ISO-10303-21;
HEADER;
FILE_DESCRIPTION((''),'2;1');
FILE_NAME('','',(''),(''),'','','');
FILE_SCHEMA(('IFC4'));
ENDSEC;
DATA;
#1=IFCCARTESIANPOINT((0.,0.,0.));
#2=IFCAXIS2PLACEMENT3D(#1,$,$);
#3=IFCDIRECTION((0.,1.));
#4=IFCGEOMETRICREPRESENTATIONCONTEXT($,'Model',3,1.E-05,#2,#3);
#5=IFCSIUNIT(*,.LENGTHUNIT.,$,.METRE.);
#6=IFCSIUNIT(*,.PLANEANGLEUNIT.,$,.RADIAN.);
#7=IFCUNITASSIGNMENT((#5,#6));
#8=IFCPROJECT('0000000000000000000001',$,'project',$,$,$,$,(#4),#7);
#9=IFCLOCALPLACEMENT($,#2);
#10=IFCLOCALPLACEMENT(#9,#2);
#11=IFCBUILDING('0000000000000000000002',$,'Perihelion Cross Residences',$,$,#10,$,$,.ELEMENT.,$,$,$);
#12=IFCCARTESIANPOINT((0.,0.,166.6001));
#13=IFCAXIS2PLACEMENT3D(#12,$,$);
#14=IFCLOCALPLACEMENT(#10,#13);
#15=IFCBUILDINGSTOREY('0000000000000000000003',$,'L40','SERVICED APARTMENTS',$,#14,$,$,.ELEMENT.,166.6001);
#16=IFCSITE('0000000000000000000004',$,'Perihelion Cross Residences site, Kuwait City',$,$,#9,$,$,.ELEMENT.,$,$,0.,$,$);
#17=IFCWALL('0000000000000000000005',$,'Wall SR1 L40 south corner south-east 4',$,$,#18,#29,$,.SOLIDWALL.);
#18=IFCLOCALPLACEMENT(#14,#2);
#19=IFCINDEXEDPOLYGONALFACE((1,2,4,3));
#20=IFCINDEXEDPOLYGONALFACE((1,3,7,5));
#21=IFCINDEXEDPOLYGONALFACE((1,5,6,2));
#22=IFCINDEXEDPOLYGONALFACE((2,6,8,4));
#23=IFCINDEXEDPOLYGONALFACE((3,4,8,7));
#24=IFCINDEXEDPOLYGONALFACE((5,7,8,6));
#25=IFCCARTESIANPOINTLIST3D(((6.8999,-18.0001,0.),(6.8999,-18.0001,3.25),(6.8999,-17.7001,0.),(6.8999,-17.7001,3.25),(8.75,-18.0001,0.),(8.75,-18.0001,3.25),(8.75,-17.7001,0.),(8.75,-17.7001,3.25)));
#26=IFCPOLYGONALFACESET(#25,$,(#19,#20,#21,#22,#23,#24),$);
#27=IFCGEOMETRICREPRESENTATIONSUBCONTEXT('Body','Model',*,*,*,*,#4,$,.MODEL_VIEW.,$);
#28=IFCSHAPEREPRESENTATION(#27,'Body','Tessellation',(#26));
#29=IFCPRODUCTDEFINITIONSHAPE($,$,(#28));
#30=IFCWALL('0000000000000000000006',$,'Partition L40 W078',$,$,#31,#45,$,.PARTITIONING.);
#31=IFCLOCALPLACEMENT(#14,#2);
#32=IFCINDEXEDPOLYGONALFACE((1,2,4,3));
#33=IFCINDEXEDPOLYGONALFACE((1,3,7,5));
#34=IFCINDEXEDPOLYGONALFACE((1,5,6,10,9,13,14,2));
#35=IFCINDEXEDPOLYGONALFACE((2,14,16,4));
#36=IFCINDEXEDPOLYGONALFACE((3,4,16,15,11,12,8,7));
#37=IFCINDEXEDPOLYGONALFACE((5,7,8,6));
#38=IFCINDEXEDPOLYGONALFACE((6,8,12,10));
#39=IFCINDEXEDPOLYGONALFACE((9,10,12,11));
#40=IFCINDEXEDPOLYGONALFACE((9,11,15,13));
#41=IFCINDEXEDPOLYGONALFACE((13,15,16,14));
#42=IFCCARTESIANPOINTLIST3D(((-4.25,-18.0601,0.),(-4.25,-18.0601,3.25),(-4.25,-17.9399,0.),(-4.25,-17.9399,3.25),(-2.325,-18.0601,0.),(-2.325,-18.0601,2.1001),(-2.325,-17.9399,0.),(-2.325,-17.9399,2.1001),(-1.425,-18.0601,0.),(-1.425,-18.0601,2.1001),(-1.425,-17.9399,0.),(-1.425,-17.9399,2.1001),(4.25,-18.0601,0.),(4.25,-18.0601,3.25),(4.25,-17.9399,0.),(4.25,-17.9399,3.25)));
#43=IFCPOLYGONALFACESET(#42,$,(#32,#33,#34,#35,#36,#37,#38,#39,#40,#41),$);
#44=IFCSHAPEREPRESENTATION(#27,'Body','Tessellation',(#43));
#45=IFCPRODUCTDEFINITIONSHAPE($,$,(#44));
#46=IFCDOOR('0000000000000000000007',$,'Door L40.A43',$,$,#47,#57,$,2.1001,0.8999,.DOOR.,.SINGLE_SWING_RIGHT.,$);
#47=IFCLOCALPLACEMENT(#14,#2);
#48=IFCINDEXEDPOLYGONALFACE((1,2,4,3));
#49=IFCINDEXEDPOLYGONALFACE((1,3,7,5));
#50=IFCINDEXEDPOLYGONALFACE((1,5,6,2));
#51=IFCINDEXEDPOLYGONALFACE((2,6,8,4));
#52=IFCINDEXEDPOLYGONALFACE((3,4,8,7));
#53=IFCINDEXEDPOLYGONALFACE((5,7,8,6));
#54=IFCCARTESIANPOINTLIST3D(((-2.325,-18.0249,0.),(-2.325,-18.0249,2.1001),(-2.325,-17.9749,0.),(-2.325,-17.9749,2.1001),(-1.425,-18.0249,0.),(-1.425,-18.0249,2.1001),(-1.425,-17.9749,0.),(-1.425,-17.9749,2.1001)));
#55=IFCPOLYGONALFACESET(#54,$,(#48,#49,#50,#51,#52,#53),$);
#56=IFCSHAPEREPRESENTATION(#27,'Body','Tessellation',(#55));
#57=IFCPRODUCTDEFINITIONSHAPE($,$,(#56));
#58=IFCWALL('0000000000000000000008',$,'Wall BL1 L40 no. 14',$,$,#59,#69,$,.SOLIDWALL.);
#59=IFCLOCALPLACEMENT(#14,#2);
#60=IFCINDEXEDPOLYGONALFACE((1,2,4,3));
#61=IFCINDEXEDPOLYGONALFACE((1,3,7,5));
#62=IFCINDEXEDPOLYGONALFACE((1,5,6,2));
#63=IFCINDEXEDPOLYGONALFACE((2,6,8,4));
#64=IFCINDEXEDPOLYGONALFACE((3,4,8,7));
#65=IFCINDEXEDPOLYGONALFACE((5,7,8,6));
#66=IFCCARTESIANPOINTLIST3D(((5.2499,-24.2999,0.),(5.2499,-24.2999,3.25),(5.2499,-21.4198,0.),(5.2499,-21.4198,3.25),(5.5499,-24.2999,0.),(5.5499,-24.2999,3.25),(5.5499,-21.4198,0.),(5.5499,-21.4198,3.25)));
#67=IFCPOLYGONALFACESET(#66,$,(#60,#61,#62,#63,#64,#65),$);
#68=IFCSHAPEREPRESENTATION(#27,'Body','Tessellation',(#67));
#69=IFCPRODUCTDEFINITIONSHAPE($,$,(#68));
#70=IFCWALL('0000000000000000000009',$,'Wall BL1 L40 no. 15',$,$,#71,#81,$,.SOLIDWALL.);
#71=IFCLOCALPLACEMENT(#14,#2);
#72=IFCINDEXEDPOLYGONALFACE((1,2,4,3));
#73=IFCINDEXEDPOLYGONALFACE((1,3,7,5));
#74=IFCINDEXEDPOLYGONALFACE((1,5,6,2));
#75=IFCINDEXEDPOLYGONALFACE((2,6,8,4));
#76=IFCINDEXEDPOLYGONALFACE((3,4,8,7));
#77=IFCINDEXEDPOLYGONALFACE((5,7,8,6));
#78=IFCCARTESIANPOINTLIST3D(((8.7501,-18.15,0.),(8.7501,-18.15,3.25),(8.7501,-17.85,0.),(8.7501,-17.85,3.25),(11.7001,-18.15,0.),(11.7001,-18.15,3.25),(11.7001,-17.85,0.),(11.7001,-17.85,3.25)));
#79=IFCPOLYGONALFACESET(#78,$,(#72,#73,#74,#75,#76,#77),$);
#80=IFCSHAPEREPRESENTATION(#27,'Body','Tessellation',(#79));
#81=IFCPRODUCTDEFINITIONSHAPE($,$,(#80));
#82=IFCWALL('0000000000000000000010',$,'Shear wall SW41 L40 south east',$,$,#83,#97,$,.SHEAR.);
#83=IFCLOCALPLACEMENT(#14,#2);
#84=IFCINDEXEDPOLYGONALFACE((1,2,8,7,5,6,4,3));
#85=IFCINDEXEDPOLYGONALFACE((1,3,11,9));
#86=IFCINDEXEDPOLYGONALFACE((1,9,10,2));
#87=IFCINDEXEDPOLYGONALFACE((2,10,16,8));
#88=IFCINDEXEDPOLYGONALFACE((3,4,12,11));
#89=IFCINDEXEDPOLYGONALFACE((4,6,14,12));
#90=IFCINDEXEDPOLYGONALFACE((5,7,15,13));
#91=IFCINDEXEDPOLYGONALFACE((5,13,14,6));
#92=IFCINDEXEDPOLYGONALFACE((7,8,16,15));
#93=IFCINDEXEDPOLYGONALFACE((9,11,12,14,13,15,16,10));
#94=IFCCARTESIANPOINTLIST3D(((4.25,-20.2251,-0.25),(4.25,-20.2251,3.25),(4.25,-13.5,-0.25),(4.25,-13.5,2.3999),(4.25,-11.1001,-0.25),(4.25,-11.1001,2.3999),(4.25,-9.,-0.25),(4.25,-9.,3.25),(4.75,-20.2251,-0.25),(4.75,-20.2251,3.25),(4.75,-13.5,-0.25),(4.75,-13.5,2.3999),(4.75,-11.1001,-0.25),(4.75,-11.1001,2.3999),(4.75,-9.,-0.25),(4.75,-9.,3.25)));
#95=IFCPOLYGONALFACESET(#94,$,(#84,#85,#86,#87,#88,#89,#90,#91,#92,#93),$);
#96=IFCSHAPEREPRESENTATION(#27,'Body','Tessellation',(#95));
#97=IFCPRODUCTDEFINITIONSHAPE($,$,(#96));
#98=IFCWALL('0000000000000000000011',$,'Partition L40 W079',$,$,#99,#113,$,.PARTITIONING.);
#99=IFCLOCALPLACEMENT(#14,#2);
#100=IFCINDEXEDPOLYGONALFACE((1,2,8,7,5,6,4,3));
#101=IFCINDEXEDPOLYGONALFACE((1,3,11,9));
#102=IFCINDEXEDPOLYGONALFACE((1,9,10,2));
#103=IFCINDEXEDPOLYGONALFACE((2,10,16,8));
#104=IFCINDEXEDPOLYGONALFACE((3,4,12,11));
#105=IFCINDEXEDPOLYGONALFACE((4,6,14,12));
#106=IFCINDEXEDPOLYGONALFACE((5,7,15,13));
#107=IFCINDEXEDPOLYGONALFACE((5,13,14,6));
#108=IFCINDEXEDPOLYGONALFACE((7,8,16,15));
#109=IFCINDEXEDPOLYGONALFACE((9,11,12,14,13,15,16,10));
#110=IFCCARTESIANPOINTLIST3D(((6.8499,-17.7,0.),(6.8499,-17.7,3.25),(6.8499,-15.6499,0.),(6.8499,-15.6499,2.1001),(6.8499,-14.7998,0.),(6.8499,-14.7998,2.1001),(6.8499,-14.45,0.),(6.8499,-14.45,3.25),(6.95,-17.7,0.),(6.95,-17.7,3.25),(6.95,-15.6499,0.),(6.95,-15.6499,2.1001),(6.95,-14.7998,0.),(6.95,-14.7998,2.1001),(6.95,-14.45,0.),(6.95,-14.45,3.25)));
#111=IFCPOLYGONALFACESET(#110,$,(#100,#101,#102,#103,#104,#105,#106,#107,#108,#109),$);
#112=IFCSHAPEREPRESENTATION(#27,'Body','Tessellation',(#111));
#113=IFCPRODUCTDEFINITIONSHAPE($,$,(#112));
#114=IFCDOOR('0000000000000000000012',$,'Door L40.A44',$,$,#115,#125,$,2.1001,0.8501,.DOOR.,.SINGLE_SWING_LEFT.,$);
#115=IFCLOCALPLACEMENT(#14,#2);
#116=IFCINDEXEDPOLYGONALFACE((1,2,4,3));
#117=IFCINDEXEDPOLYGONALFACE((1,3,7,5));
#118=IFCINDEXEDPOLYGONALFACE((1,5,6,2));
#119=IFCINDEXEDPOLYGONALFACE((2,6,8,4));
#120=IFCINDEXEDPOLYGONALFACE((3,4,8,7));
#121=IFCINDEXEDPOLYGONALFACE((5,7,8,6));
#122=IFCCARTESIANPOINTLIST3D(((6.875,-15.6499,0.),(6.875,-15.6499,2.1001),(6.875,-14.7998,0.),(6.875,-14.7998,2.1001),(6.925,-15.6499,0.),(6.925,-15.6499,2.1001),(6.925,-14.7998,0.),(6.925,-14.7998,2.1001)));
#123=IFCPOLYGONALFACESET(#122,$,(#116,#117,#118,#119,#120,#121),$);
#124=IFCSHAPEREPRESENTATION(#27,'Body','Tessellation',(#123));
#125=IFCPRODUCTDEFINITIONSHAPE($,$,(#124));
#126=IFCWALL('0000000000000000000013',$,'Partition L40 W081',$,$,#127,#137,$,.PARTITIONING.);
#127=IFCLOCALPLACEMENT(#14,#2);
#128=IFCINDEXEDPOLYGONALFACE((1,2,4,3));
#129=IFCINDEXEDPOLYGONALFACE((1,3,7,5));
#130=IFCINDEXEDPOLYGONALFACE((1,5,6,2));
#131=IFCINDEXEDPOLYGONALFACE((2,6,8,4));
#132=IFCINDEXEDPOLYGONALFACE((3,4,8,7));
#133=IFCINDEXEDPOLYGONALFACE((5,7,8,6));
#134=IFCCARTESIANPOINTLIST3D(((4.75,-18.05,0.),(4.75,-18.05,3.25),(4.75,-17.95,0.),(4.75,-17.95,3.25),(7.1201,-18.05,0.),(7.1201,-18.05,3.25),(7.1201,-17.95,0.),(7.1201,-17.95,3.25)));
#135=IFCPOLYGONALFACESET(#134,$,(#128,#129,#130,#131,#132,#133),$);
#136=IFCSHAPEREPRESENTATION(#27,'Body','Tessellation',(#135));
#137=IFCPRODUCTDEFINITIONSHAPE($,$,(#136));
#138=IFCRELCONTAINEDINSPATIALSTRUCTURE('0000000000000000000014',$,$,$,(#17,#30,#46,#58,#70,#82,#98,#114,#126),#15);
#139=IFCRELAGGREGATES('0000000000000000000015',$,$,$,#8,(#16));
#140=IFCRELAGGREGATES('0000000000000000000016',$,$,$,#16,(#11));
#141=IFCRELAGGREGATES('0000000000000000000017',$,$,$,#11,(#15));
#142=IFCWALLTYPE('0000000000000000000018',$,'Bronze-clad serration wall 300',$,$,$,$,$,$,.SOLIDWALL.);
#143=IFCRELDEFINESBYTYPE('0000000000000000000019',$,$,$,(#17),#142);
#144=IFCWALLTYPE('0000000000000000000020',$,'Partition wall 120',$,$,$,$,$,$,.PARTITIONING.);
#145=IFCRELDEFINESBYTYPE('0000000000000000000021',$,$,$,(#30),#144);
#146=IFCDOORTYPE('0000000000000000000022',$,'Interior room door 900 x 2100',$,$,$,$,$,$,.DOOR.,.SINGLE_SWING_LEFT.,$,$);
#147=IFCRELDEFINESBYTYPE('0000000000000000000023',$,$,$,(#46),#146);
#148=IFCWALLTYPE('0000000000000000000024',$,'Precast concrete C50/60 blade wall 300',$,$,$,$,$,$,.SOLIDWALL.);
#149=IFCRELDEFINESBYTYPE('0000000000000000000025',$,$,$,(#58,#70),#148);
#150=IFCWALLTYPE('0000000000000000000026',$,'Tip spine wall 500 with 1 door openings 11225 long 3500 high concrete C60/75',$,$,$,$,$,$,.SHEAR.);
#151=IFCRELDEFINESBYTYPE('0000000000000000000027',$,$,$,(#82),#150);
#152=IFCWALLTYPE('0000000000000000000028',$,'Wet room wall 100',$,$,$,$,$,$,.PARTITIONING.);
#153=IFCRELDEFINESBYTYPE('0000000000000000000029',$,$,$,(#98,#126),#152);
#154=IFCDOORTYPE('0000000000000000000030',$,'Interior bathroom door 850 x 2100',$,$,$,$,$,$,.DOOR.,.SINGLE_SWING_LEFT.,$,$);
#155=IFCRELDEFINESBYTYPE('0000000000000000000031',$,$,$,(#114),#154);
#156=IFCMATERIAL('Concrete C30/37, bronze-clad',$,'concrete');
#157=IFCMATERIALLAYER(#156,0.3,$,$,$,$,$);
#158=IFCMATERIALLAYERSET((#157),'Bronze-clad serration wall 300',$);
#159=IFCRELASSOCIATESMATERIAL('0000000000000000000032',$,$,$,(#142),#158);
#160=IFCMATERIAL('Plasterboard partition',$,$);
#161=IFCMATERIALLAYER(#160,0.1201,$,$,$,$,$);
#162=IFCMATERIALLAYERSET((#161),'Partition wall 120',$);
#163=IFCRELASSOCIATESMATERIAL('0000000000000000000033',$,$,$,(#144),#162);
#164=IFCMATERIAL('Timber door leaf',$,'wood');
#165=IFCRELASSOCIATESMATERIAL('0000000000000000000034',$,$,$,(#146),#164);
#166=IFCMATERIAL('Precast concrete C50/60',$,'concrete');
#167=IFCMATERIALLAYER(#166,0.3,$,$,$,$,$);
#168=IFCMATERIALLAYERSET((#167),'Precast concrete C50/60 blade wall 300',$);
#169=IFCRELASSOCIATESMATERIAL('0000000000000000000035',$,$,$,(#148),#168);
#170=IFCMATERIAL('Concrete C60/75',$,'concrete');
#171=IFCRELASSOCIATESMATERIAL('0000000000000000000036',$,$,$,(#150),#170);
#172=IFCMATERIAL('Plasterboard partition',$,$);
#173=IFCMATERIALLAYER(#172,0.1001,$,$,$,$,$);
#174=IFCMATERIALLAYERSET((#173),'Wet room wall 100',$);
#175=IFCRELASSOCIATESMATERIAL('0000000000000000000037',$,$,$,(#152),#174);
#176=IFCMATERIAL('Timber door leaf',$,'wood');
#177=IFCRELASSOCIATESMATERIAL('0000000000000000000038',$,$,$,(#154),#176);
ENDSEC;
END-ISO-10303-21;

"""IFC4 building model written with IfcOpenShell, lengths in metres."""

from ifc_helpers import new_model, si_unit, direction, frame, frame_2d, origin, place, context, subcontext, project, spatial, polyline, rectangle, outline, extrude, material, layer, layer_set, material_profile, profile_set, type_object, element, fill, save


model = new_model("IFC4")

# Units and contexts
model_context = context("Model", 3, precision=1e-05, world=origin(), true_north=direction((0.0, 1.0)))
body_context = subcontext(model_context, "Body", "Model", "MODEL_VIEW")
ifc_project = project(units=[si_unit("LENGTHUNIT", "METRE"), si_unit("PLANEANGLEUNIT", "RADIAN")], contexts=[model_context])

# Site, building, storey
site_placement = place(None, origin())
site = spatial("IfcSite", under=ifc_project, at=site_placement, Name="Perihelion Cross Residences site, Kuwait City", CompositionType="ELEMENT", RefElevation=0.0)
building_placement = place(site_placement, origin())
building = spatial("IfcBuilding", under=site, at=building_placement, Name="Perihelion Cross Residences", CompositionType="ELEMENT")
storey_placement = place(building_placement, frame((0.0, 0.0, 166.6001)))
storey = spatial("IfcBuildingStorey", under=building, at=storey_placement, Name="L40", Description="SERVICED APARTMENTS", CompositionType="ELEMENT", Elevation=166.6001)

# Wall
ifc_material_1 = material(Name="Concrete C30/37, bronze-clad", Category="concrete")
ifc_layer_1 = layer(ifc_material_1, 0.3)
ifc_layer_set_1 = layer_set([ifc_layer_1], Name="Bronze-clad serration wall 300")
wall_type_1 = type_object("IfcWallType", Name="Bronze-clad serration wall 300", PredefinedType="SOLIDWALL", material=ifc_layer_set_1)
wall_1_placement = place(storey_placement, frame((6.8999, -17.8501, 0.0), z_axis=(0.0, 0.0, 1.0), x_axis=(1.0, 0.0, 0.0)))
element("IfcWall", 1, at=wall_1_placement, inside=storey, type_object=wall_type_1, Name="Wall SR1 L40 south corner south-east 4", PredefinedType="SOLIDWALL", context=body_context, shape_type="SweptSolid", body=[
    extrude(rectangle(XDim=1.8501, YDim=0.3, at=frame_2d((0.925, 0.0))), origin(), (0.0, 0.0, 1.0), 3.25),
])

# Wall, opening, door
ifc_material_2 = material(Name="Plasterboard partition")
ifc_layer_2 = layer(ifc_material_2, 0.1201)
ifc_layer_set_2 = layer_set([ifc_layer_2], Name="Partition wall 120")
wall_type_2 = type_object("IfcWallType", Name="Partition wall 120", PredefinedType="PARTITIONING", material=ifc_layer_set_2)
wall_2_placement = place(storey_placement, frame((4.25, -18.0, 0.0), z_axis=(0.0, 0.0, 1.0), x_axis=(-1.0, 0.0, 0.0)))
wall_2 = element("IfcWall", 2, at=wall_2_placement, inside=storey, type_object=wall_type_2, Name="Partition L40 W078", PredefinedType="PARTITIONING", context=body_context, shape_type="SweptSolid", body=[
    extrude(rectangle(XDim=8.5, YDim=0.1201, at=frame_2d((4.25, 0.0))), origin(), (0.0, 0.0, 1.0), 3.25),
])
opening_1_placement = place(wall_2_placement, frame((5.675, 0.0, 0.0)))
opening_1 = element("IfcOpeningElement", 3, at=opening_1_placement, cuts=wall_2, PredefinedType="OPENING", context=body_context, shape_type="SweptSolid", body=[
    extrude(rectangle(XDim=0.8999, YDim=2.1001, at=frame_2d((0.45, 1.05))), frame((0.0, 0.0701, 0.0), z_axis=(0.0, -1.0, 0.0), x_axis=(1.0, 0.0, 0.0)), (0.0, 0.0, 1.0), 0.1401),
])
ifc_material_3 = material(Name="Timber door leaf", Category="wood")
door_type_1 = type_object("IfcDoorType", Name="Interior room door 900 x 2100", OperationType="SINGLE_SWING_LEFT", PredefinedType="DOOR", material=ifc_material_3)
door_1_placement = place(opening_1_placement, origin())
door_1 = element("IfcDoor", 4, at=door_1_placement, inside=storey, type_object=door_type_1, Name="Door L40.A43", OperationType="SINGLE_SWING_RIGHT", OverallHeight=2.1001, OverallWidth=0.8999, PredefinedType="DOOR", context=body_context, shape_type="SweptSolid", body=[
    extrude(rectangle(XDim=0.8999, YDim=2.1001, at=frame_2d((0.45, 1.05))), frame((0.0, 0.0249, 0.0), z_axis=(0.0, -1.0, 0.0), x_axis=(1.0, 0.0, 0.0)), (0.0, 0.0, 1.0), 0.05),
])
fill(opening_1, door_1)

# Walls
ifc_material_4 = material(Name="Precast concrete C50/60", Category="concrete")
ifc_layer_3 = layer(ifc_material_4, 0.3)
ifc_layer_set_3 = layer_set([ifc_layer_3], Name="Precast concrete C50/60 blade wall 300")
wall_type_3 = type_object("IfcWallType", Name="Precast concrete C50/60 blade wall 300", PredefinedType="SOLIDWALL", material=ifc_layer_set_3)
wall_3_placement = place(storey_placement, frame((5.3999, -21.4199, 0.0), z_axis=(0.0, 0.0, 1.0), x_axis=(0.0, -1.0, 0.0)))
element("IfcWall", 5, at=wall_3_placement, inside=storey, type_object=wall_type_3, Name="Wall BL1 L40 no. 14", PredefinedType="SOLIDWALL", context=body_context, shape_type="SweptSolid", body=[
    extrude(rectangle(XDim=2.8801, YDim=0.3, at=frame_2d((1.4399, 0.0))), origin(), (0.0, 0.0, 1.0), 3.25),
])
wall_4_placement = place(storey_placement, frame((8.75, -18.0, 0.0), z_axis=(0.0, 0.0, 1.0), x_axis=(1.0, 0.0, 0.0)))
element("IfcWall", 6, at=wall_4_placement, inside=storey, type_object=wall_type_3, Name="Wall BL1 L40 no. 15", PredefinedType="SOLIDWALL", context=body_context, shape_type="SweptSolid", body=[
    extrude(rectangle(XDim=2.95, YDim=0.3, at=frame_2d((1.4751, 0.0))), origin(), (0.0, 0.0, 1.0), 3.25),
])
ifc_material_5 = material(Name="Concrete C60/75", Category="concrete")
ifc_material_profile_1 = material_profile(ifc_material_5, outline(polyline([(0.0, 0.0), (6.7251, 0.0), (6.7251, 2.6499), (9.125, 2.6499), (9.125, 0.0), (11.2251, 0.0), (11.2251, 3.5), (0.0, 3.5), (0.0, 0.0)])), Name="Tip spine wall")
ifc_profile_set_1 = profile_set([ifc_material_profile_1], Name="Concrete C60/75")
wall_type_4 = type_object("IfcWallType", Name="Tip spine wall 500 with 1 door openings 11225 long 3500 high concrete C60/75", PredefinedType="SHEAR", material=ifc_profile_set_1)
wall_5_placement = place(storey_placement, frame((4.25, -20.2251, -0.25), z_axis=(1.0, 0.0, 0.0), x_axis=(0.0, 1.0, 0.0)))
element("IfcWall", 7, at=wall_5_placement, inside=storey, type_object=wall_type_4, Name="Shear wall SW41 L40 south east", PredefinedType="SHEAR", context=body_context, shape_type="SweptSolid", body=[
    extrude(outline(polyline([(0.0, 0.0), (6.7251, 0.0), (6.7251, 2.6499), (9.125, 2.6499), (9.125, 0.0), (11.2251, 0.0), (11.2251, 3.5), (0.0, 3.5), (0.0, 0.0)])), origin(), (0.0, 0.0, 1.0), 0.5),
])

# Wall, opening, door
ifc_material_6 = material(Name="Plasterboard partition")
ifc_layer_4 = layer(ifc_material_6, 0.1001)
ifc_layer_set_4 = layer_set([ifc_layer_4], Name="Wet room wall 100")
wall_type_5 = type_object("IfcWallType", Name="Wet room wall 100", PredefinedType="PARTITIONING", material=ifc_layer_set_4)
wall_6_placement = place(storey_placement, frame((6.8999, -17.7, 0.0), z_axis=(0.0, 0.0, 1.0), x_axis=(0.0, 1.0, 0.0)))
wall_6 = element("IfcWall", 8, at=wall_6_placement, inside=storey, type_object=wall_type_5, Name="Partition L40 W079", PredefinedType="PARTITIONING", context=body_context, shape_type="SweptSolid", body=[
    extrude(rectangle(XDim=3.25, YDim=0.1001, at=frame_2d((1.625, 0.0))), origin(), (0.0, 0.0, 1.0), 3.25),
])
opening_2_placement = place(wall_6_placement, frame((2.05, 0.0, 0.0)))
opening_2 = element("IfcOpeningElement", 9, at=opening_2_placement, cuts=wall_6, PredefinedType="OPENING", context=body_context, shape_type="SweptSolid", body=[
    extrude(rectangle(XDim=0.8501, YDim=2.1001, at=frame_2d((0.425, 1.05))), frame((0.0, 0.0601, 0.0), z_axis=(0.0, -1.0, 0.0), x_axis=(1.0, 0.0, 0.0)), (0.0, 0.0, 1.0), 0.1201),
])
ifc_material_7 = material(Name="Timber door leaf", Category="wood")
door_type_2 = type_object("IfcDoorType", Name="Interior bathroom door 850 x 2100", OperationType="SINGLE_SWING_LEFT", PredefinedType="DOOR", material=ifc_material_7)
door_2_placement = place(opening_2_placement, origin())
door_2 = element("IfcDoor", 10, at=door_2_placement, inside=storey, type_object=door_type_2, Name="Door L40.A44", OperationType="SINGLE_SWING_LEFT", OverallHeight=2.1001, OverallWidth=0.8501, PredefinedType="DOOR", context=body_context, shape_type="SweptSolid", body=[
    extrude(rectangle(XDim=0.8501, YDim=2.1001, at=frame_2d((0.425, 1.05))), frame((0.0, 0.0249, 0.0), z_axis=(0.0, -1.0, 0.0), x_axis=(1.0, 0.0, 0.0)), (0.0, 0.0, 1.0), 0.05),
])
fill(opening_2, door_2)

# Wall
wall_7_placement = place(storey_placement, frame((7.1201, -18.0, 0.0), z_axis=(0.0, 0.0, 1.0), x_axis=(-1.0, 0.0, 0.0)))
element("IfcWall", 11, at=wall_7_placement, inside=storey, type_object=wall_type_5, Name="Partition L40 W081", PredefinedType="PARTITIONING", context=body_context, shape_type="SweptSolid", body=[
    extrude(rectangle(XDim=2.3701, YDim=0.1001, at=frame_2d((1.1851, 0.0))), origin(), (0.0, 0.0, 1.0), 3.25),
])

save(model, "model.ifc")
